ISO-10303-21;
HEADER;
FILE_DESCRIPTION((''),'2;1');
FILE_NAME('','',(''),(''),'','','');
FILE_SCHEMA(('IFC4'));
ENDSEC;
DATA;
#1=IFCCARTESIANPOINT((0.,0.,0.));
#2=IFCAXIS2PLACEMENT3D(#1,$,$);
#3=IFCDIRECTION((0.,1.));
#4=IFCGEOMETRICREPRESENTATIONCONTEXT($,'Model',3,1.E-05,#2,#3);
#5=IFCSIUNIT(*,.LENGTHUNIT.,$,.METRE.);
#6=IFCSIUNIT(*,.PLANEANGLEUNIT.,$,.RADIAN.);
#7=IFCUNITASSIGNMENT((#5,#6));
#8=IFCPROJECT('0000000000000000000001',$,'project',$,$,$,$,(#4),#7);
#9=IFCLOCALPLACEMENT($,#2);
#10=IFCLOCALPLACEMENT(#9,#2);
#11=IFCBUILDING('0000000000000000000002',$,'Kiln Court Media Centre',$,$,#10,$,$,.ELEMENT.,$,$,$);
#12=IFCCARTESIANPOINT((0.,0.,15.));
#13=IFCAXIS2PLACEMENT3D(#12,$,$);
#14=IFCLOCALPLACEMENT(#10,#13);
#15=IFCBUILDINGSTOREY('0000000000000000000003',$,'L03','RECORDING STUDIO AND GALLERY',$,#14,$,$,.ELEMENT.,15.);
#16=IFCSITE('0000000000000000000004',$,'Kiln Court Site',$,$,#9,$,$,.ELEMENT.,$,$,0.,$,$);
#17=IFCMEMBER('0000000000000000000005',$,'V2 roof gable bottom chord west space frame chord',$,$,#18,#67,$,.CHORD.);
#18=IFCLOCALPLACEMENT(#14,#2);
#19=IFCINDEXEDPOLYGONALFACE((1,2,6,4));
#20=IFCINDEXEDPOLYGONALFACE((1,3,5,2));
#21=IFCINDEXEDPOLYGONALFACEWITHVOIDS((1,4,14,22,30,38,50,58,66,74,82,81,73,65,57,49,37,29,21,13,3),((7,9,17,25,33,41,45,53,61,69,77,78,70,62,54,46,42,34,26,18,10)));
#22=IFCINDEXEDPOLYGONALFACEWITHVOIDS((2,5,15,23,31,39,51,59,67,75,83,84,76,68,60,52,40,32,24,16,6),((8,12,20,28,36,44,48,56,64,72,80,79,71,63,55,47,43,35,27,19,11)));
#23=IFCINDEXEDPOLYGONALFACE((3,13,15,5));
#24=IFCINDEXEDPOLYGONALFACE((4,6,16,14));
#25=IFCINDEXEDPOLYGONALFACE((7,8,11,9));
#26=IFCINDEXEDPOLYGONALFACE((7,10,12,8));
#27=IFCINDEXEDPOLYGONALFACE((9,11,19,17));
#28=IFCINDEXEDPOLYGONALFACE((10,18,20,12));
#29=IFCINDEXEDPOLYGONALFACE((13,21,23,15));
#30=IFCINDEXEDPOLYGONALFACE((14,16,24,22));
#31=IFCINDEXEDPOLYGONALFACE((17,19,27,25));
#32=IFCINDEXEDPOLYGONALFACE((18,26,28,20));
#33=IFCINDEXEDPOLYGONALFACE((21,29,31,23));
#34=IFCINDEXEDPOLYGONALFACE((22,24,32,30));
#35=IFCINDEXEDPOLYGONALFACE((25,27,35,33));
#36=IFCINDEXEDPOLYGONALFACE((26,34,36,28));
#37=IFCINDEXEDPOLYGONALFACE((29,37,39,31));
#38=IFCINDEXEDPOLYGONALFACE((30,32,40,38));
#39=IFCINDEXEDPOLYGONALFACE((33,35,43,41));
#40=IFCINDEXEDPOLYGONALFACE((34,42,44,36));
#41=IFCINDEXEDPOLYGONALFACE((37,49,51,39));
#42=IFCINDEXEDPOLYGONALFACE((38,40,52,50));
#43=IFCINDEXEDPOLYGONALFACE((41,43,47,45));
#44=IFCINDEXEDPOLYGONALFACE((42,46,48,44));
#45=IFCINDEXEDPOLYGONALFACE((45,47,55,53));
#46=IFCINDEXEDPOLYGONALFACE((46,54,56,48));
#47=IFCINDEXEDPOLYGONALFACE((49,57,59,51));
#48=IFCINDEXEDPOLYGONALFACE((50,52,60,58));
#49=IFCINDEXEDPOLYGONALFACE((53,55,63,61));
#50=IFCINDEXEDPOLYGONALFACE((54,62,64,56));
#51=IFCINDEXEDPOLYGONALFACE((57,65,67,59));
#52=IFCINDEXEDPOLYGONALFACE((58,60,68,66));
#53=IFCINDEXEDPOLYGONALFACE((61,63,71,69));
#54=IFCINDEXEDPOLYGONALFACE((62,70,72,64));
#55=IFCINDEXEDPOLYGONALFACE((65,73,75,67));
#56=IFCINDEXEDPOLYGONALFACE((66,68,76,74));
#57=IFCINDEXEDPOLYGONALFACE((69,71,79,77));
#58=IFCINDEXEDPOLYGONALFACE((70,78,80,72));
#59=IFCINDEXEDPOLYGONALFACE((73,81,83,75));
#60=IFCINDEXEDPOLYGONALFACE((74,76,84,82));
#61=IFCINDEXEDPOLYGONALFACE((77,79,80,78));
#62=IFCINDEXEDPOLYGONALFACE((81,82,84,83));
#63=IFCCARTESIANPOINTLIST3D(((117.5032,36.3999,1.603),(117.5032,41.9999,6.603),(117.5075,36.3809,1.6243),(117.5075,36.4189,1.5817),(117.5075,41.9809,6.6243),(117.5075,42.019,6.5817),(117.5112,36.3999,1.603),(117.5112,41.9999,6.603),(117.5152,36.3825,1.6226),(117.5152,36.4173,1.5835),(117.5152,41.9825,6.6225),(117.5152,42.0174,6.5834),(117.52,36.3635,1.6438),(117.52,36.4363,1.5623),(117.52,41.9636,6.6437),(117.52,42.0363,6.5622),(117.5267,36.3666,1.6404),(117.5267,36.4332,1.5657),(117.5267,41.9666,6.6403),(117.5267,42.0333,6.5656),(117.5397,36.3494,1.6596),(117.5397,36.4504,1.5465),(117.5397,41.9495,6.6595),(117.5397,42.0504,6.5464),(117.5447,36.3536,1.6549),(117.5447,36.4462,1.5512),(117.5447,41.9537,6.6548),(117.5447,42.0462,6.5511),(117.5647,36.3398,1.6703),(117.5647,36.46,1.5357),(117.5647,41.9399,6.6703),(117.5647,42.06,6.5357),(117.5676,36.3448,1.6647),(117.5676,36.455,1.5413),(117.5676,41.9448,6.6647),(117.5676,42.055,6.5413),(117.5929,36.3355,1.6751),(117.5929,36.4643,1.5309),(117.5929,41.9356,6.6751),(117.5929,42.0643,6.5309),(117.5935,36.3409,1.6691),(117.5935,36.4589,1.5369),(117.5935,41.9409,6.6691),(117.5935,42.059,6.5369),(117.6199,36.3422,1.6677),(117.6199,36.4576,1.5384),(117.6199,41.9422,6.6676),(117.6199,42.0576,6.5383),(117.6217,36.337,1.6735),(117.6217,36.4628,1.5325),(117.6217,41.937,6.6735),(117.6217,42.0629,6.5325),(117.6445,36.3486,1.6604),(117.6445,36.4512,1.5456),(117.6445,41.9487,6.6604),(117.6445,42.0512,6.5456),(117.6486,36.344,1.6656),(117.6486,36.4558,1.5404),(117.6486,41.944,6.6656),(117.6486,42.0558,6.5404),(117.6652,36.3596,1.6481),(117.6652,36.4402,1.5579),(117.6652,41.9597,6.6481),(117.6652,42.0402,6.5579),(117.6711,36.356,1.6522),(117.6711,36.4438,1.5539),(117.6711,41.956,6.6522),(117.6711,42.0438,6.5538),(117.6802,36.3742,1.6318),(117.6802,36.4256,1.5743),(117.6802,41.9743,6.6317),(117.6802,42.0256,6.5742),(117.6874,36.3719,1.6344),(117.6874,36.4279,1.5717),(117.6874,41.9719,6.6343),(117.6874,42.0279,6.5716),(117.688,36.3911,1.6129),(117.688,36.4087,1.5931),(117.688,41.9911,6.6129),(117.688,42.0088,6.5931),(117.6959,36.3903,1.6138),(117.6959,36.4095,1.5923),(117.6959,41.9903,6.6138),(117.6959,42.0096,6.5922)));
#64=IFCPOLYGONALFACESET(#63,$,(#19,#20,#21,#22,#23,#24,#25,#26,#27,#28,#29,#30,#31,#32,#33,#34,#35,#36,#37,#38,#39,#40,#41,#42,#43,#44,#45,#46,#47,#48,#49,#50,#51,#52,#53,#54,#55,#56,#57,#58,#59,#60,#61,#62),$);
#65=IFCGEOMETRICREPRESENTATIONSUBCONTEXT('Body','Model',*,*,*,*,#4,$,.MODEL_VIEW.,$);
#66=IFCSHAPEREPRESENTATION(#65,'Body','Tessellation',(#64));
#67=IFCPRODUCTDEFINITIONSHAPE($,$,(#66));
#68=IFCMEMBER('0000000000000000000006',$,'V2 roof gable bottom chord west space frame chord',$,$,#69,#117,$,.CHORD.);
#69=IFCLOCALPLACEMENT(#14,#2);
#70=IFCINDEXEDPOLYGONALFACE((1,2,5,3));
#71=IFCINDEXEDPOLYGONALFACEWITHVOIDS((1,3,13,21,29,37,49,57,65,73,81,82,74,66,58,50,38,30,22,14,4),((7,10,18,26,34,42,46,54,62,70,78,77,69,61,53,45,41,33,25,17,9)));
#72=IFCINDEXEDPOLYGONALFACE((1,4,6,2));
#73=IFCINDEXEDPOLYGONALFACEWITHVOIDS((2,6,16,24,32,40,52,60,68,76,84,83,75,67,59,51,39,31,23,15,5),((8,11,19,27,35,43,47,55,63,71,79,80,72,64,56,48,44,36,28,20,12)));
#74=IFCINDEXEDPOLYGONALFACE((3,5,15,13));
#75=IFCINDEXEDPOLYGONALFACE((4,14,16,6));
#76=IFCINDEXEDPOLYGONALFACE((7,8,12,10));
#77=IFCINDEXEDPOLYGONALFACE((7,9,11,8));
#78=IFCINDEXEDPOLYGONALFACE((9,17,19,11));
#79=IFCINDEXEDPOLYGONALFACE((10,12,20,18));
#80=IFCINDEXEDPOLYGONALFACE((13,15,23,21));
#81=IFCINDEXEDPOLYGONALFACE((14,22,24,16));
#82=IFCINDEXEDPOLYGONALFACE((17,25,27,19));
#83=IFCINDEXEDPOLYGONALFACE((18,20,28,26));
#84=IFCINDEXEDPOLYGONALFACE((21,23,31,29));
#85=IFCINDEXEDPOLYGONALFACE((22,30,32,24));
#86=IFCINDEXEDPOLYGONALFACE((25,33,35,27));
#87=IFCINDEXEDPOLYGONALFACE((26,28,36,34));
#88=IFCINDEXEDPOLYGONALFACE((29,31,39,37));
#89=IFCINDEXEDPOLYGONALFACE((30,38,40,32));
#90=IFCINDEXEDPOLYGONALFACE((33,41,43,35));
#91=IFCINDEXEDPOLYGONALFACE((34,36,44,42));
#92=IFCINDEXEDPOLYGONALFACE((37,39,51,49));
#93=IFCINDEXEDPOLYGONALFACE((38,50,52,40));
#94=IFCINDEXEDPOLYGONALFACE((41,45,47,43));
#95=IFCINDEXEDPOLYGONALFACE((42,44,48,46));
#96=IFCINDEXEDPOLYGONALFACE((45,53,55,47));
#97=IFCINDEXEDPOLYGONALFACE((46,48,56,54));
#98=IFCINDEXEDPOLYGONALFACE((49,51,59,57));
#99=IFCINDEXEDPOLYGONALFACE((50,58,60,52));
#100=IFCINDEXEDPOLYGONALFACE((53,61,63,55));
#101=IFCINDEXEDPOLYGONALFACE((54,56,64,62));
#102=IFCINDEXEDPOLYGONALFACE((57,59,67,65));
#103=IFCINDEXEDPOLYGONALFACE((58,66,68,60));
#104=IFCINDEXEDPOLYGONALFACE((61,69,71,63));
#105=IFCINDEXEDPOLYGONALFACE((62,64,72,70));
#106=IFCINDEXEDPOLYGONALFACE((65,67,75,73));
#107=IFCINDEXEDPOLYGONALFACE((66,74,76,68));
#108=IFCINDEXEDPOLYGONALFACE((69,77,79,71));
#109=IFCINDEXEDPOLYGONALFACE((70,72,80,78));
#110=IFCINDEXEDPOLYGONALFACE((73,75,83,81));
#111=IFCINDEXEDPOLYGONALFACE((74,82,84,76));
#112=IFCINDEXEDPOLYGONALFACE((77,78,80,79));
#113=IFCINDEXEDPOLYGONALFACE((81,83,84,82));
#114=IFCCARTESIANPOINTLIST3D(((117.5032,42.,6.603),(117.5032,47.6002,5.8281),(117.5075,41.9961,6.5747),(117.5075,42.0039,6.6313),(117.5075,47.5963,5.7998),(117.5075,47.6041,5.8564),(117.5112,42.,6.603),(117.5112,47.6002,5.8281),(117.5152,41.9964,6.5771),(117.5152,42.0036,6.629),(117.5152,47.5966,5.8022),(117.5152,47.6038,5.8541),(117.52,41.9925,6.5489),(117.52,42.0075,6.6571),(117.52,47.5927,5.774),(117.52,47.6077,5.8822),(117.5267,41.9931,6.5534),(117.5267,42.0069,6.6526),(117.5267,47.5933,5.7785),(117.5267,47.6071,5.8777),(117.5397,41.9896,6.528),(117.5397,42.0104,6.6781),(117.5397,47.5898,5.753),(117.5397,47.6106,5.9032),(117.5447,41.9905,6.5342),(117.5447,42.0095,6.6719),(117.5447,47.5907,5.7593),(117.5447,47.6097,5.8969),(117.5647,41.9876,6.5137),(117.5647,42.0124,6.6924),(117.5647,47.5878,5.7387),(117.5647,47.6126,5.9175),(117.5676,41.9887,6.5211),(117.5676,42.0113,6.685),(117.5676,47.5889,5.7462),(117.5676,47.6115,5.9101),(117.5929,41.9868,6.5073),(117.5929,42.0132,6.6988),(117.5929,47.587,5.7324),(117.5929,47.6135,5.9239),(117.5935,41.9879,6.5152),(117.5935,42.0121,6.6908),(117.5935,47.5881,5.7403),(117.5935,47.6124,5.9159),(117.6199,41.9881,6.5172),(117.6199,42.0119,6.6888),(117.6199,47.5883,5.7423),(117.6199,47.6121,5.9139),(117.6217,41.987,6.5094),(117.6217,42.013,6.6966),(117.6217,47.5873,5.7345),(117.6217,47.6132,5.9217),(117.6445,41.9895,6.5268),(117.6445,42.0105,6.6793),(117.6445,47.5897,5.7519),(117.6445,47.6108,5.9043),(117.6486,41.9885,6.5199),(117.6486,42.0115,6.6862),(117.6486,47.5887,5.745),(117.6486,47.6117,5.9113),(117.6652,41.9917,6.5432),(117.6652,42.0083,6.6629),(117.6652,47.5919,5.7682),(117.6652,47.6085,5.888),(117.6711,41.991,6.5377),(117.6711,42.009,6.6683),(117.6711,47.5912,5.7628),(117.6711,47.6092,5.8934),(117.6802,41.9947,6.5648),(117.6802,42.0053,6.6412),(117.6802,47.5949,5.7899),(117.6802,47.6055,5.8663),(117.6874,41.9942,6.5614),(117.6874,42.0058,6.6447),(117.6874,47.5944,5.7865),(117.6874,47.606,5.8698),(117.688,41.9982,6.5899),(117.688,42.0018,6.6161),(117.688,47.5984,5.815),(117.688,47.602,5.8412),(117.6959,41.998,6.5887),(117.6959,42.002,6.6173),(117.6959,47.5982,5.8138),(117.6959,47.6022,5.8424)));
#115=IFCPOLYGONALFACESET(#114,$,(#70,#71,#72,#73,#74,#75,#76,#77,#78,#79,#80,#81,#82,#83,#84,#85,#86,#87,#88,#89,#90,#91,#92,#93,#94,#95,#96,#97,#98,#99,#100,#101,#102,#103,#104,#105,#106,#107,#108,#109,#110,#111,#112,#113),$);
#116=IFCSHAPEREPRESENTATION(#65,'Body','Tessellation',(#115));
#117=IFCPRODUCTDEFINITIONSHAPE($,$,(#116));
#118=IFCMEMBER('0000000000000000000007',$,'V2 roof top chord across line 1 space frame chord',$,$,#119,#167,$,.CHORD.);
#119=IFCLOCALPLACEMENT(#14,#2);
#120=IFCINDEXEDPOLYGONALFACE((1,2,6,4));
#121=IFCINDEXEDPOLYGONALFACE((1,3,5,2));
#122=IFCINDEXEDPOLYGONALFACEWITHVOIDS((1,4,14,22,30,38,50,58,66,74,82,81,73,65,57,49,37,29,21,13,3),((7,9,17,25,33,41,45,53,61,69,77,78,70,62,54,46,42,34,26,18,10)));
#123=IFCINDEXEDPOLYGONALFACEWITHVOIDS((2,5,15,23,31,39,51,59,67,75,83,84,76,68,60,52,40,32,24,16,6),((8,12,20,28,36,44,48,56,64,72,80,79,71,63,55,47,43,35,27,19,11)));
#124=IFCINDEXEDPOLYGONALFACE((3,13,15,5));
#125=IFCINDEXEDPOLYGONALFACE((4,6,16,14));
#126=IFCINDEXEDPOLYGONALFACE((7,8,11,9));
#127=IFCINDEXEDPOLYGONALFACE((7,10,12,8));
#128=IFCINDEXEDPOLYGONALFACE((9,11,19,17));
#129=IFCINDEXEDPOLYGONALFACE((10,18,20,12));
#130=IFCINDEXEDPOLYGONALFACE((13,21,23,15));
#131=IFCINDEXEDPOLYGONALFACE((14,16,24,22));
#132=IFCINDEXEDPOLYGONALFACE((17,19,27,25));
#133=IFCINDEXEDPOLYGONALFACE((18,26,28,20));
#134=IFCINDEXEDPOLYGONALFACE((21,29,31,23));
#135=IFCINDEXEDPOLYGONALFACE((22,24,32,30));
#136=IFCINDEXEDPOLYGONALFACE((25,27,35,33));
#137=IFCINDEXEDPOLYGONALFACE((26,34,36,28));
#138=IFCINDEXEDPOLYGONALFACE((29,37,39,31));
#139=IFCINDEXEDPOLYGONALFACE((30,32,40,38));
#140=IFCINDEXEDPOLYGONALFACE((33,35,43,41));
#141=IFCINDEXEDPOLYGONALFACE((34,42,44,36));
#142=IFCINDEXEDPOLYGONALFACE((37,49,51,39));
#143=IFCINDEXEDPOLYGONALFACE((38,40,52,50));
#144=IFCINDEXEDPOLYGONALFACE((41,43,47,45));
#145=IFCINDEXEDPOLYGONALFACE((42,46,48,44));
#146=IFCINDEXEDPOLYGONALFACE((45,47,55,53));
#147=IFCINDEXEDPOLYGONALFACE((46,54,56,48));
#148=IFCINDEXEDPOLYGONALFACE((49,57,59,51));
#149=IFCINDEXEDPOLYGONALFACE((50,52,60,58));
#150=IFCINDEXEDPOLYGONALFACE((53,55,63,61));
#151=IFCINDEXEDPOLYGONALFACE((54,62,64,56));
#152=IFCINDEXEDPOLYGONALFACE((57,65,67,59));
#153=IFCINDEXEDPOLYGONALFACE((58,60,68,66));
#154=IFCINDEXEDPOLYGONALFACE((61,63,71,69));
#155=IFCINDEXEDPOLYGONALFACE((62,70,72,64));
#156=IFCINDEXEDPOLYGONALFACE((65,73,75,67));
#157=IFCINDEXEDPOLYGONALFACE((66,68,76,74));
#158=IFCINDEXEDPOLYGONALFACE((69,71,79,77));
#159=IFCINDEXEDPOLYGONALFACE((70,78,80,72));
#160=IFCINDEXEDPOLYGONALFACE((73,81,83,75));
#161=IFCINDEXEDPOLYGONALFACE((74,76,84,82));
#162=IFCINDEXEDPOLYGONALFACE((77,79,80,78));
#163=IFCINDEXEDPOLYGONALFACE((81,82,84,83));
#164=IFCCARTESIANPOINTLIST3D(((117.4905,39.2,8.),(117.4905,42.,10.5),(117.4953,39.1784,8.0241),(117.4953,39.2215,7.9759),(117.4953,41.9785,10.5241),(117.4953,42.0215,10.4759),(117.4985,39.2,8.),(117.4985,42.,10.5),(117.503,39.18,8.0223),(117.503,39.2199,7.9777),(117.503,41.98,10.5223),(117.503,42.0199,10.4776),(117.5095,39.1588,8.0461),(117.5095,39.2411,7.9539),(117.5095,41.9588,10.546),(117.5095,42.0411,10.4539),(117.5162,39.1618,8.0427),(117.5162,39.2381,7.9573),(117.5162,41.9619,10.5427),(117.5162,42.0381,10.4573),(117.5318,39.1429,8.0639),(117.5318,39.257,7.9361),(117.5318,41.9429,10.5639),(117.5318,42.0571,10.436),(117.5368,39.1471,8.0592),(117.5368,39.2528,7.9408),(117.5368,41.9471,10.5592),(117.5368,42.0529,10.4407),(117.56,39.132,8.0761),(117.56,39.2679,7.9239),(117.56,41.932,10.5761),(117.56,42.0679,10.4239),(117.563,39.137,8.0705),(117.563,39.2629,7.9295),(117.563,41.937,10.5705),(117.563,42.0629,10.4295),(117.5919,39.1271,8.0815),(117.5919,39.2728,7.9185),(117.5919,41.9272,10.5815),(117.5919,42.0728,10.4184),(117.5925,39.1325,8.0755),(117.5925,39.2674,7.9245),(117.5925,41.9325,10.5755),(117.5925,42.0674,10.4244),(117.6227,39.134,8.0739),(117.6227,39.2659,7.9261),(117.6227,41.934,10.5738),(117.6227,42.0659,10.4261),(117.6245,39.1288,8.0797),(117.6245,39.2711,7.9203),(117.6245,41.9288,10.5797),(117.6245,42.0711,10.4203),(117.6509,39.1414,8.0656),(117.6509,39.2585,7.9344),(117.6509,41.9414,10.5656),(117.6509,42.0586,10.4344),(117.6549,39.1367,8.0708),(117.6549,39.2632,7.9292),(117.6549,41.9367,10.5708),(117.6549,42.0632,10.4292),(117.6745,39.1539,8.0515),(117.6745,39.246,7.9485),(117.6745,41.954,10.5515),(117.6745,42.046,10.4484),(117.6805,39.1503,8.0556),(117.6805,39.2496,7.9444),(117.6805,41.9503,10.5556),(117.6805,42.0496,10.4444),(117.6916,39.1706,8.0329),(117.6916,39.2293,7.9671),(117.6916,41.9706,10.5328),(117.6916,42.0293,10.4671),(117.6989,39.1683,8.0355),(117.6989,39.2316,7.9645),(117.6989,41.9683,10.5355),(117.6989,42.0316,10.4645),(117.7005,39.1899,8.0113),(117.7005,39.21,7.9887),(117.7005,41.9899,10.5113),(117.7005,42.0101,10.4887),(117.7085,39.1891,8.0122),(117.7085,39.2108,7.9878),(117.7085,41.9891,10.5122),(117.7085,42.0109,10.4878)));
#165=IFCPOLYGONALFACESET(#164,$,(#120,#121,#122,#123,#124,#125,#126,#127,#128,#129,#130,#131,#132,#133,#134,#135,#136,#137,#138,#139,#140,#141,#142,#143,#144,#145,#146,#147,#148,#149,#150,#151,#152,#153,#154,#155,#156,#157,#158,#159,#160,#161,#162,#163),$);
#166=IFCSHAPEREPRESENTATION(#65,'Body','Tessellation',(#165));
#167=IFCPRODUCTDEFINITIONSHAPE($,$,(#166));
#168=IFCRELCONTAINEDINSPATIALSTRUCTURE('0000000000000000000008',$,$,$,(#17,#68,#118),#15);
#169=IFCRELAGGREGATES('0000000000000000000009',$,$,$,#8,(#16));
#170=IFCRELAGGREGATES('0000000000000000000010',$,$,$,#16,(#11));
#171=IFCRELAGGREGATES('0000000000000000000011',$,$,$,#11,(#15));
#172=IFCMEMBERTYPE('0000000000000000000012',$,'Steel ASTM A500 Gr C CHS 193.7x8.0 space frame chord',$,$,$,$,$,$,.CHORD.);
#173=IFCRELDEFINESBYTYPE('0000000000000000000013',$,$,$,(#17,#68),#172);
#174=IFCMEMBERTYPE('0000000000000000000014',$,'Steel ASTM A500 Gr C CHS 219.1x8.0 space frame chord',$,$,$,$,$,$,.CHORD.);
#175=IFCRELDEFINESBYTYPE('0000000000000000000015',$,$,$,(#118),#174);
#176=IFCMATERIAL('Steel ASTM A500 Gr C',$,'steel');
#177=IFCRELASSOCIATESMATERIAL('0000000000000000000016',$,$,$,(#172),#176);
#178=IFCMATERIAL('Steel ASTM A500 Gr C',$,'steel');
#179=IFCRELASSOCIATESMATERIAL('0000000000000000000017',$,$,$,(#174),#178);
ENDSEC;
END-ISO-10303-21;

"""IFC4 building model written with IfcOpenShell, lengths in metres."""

from ifc_helpers import new_model, si_unit, direction, frame, origin, origin_2d, place, context, subcontext, project, spatial, hollow_circle, extrude, material, material_profile, profile_set, type_object, element, save


model = new_model("IFC4")

# Units and contexts
model_context = context("Model", 3, precision=1e-05, world=origin(), true_north=direction((0.0, 1.0)))
body_context = subcontext(model_context, "Body", "Model", "MODEL_VIEW")
ifc_project = project(units=[si_unit("LENGTHUNIT", "METRE"), si_unit("PLANEANGLEUNIT", "RADIAN")], contexts=[model_context])

# Site, building, storey
site_placement = place(None, origin())
site = spatial("IfcSite", under=ifc_project, at=site_placement, Name="Kiln Court Site", CompositionType="ELEMENT", RefElevation=0.0)
building_placement = place(site_placement, origin())
building = spatial("IfcBuilding", under=site, at=building_placement, Name="Kiln Court Media Centre", CompositionType="ELEMENT")
storey_placement = place(building_placement, frame((0.0, 0.0, 15.0)))
storey = spatial("IfcBuildingStorey", under=building, at=storey_placement, Name="L03", Description="RECORDING STUDIO AND GALLERY", CompositionType="ELEMENT", Elevation=15.0)

# Members
ifc_material_1 = material(Name="Steel ASTM A500 Gr C", Category="steel")
ifc_material_profile_1 = material_profile(ifc_material_1, hollow_circle(Radius=0.0969, WallThickness=0.0081, at=origin_2d()), Name="CHS 193.7x8.0")
ifc_profile_set_1 = profile_set([ifc_material_profile_1], Name="Steel ASTM A500 Gr C")
member_type_1 = type_object("IfcMemberType", Name="Steel ASTM A500 Gr C CHS 193.7x8.0 space frame chord", PredefinedType="CHORD", material=ifc_profile_set_1)
member_1_placement = place(storey_placement, frame((117.6001, 36.3999, 1.603), z_axis=(0.0, 0.745943, 0.666009), x_axis=(-1.0, 0.0, 0.0)))
element("IfcMember", 1, at=member_1_placement, inside=storey, type_object=member_type_1, Name="V2 roof gable bottom chord west space frame chord", PredefinedType="CHORD", context=body_context, shape_type="SweptSolid", body=[
    extrude(hollow_circle(Radius=0.0969, WallThickness=0.0081, at=origin_2d()), origin(), (0.0, 0.0, 1.0), 7.5073),
])
member_2_placement = place(storey_placement, frame((117.6001, 42.0, 6.603), z_axis=(0.0, 0.990562, -0.137067), x_axis=(-1.0, 0.0, 0.0)))
element("IfcMember", 2, at=member_2_placement, inside=storey, type_object=member_type_1, Name="V2 roof gable bottom chord west space frame chord", PredefinedType="CHORD", context=body_context, shape_type="SweptSolid", body=[
    extrude(hollow_circle(Radius=0.0969, WallThickness=0.0081, at=origin_2d()), origin(), (0.0, 0.0, 1.0), 5.6536),
])
ifc_material_2 = material(Name="Steel ASTM A500 Gr C", Category="steel")
ifc_material_profile_2 = material_profile(ifc_material_2, hollow_circle(Radius=0.1096, WallThickness=0.0081, at=origin_2d()), Name="CHS 219.1x8.0")
ifc_profile_set_2 = profile_set([ifc_material_profile_2], Name="Steel ASTM A500 Gr C")
member_type_2 = type_object("IfcMemberType", Name="Steel ASTM A500 Gr C CHS 219.1x8.0 space frame chord", PredefinedType="CHORD", material=ifc_profile_set_2)
member_3_placement = place(storey_placement, frame((117.6001, 39.2, 8.0), z_axis=(0.0, 0.745943, 0.666009), x_axis=(-1.0, 0.0, 0.0)))
element("IfcMember", 3, at=member_3_placement, inside=storey, type_object=member_type_2, Name="V2 roof top chord across line 1 space frame chord", PredefinedType="CHORD", context=body_context, shape_type="SweptSolid", body=[
    extrude(hollow_circle(Radius=0.1096, WallThickness=0.0081, at=origin_2d()), origin(), (0.0, 0.0, 1.0), 3.7537),
])

save(model, "model.ifc")
